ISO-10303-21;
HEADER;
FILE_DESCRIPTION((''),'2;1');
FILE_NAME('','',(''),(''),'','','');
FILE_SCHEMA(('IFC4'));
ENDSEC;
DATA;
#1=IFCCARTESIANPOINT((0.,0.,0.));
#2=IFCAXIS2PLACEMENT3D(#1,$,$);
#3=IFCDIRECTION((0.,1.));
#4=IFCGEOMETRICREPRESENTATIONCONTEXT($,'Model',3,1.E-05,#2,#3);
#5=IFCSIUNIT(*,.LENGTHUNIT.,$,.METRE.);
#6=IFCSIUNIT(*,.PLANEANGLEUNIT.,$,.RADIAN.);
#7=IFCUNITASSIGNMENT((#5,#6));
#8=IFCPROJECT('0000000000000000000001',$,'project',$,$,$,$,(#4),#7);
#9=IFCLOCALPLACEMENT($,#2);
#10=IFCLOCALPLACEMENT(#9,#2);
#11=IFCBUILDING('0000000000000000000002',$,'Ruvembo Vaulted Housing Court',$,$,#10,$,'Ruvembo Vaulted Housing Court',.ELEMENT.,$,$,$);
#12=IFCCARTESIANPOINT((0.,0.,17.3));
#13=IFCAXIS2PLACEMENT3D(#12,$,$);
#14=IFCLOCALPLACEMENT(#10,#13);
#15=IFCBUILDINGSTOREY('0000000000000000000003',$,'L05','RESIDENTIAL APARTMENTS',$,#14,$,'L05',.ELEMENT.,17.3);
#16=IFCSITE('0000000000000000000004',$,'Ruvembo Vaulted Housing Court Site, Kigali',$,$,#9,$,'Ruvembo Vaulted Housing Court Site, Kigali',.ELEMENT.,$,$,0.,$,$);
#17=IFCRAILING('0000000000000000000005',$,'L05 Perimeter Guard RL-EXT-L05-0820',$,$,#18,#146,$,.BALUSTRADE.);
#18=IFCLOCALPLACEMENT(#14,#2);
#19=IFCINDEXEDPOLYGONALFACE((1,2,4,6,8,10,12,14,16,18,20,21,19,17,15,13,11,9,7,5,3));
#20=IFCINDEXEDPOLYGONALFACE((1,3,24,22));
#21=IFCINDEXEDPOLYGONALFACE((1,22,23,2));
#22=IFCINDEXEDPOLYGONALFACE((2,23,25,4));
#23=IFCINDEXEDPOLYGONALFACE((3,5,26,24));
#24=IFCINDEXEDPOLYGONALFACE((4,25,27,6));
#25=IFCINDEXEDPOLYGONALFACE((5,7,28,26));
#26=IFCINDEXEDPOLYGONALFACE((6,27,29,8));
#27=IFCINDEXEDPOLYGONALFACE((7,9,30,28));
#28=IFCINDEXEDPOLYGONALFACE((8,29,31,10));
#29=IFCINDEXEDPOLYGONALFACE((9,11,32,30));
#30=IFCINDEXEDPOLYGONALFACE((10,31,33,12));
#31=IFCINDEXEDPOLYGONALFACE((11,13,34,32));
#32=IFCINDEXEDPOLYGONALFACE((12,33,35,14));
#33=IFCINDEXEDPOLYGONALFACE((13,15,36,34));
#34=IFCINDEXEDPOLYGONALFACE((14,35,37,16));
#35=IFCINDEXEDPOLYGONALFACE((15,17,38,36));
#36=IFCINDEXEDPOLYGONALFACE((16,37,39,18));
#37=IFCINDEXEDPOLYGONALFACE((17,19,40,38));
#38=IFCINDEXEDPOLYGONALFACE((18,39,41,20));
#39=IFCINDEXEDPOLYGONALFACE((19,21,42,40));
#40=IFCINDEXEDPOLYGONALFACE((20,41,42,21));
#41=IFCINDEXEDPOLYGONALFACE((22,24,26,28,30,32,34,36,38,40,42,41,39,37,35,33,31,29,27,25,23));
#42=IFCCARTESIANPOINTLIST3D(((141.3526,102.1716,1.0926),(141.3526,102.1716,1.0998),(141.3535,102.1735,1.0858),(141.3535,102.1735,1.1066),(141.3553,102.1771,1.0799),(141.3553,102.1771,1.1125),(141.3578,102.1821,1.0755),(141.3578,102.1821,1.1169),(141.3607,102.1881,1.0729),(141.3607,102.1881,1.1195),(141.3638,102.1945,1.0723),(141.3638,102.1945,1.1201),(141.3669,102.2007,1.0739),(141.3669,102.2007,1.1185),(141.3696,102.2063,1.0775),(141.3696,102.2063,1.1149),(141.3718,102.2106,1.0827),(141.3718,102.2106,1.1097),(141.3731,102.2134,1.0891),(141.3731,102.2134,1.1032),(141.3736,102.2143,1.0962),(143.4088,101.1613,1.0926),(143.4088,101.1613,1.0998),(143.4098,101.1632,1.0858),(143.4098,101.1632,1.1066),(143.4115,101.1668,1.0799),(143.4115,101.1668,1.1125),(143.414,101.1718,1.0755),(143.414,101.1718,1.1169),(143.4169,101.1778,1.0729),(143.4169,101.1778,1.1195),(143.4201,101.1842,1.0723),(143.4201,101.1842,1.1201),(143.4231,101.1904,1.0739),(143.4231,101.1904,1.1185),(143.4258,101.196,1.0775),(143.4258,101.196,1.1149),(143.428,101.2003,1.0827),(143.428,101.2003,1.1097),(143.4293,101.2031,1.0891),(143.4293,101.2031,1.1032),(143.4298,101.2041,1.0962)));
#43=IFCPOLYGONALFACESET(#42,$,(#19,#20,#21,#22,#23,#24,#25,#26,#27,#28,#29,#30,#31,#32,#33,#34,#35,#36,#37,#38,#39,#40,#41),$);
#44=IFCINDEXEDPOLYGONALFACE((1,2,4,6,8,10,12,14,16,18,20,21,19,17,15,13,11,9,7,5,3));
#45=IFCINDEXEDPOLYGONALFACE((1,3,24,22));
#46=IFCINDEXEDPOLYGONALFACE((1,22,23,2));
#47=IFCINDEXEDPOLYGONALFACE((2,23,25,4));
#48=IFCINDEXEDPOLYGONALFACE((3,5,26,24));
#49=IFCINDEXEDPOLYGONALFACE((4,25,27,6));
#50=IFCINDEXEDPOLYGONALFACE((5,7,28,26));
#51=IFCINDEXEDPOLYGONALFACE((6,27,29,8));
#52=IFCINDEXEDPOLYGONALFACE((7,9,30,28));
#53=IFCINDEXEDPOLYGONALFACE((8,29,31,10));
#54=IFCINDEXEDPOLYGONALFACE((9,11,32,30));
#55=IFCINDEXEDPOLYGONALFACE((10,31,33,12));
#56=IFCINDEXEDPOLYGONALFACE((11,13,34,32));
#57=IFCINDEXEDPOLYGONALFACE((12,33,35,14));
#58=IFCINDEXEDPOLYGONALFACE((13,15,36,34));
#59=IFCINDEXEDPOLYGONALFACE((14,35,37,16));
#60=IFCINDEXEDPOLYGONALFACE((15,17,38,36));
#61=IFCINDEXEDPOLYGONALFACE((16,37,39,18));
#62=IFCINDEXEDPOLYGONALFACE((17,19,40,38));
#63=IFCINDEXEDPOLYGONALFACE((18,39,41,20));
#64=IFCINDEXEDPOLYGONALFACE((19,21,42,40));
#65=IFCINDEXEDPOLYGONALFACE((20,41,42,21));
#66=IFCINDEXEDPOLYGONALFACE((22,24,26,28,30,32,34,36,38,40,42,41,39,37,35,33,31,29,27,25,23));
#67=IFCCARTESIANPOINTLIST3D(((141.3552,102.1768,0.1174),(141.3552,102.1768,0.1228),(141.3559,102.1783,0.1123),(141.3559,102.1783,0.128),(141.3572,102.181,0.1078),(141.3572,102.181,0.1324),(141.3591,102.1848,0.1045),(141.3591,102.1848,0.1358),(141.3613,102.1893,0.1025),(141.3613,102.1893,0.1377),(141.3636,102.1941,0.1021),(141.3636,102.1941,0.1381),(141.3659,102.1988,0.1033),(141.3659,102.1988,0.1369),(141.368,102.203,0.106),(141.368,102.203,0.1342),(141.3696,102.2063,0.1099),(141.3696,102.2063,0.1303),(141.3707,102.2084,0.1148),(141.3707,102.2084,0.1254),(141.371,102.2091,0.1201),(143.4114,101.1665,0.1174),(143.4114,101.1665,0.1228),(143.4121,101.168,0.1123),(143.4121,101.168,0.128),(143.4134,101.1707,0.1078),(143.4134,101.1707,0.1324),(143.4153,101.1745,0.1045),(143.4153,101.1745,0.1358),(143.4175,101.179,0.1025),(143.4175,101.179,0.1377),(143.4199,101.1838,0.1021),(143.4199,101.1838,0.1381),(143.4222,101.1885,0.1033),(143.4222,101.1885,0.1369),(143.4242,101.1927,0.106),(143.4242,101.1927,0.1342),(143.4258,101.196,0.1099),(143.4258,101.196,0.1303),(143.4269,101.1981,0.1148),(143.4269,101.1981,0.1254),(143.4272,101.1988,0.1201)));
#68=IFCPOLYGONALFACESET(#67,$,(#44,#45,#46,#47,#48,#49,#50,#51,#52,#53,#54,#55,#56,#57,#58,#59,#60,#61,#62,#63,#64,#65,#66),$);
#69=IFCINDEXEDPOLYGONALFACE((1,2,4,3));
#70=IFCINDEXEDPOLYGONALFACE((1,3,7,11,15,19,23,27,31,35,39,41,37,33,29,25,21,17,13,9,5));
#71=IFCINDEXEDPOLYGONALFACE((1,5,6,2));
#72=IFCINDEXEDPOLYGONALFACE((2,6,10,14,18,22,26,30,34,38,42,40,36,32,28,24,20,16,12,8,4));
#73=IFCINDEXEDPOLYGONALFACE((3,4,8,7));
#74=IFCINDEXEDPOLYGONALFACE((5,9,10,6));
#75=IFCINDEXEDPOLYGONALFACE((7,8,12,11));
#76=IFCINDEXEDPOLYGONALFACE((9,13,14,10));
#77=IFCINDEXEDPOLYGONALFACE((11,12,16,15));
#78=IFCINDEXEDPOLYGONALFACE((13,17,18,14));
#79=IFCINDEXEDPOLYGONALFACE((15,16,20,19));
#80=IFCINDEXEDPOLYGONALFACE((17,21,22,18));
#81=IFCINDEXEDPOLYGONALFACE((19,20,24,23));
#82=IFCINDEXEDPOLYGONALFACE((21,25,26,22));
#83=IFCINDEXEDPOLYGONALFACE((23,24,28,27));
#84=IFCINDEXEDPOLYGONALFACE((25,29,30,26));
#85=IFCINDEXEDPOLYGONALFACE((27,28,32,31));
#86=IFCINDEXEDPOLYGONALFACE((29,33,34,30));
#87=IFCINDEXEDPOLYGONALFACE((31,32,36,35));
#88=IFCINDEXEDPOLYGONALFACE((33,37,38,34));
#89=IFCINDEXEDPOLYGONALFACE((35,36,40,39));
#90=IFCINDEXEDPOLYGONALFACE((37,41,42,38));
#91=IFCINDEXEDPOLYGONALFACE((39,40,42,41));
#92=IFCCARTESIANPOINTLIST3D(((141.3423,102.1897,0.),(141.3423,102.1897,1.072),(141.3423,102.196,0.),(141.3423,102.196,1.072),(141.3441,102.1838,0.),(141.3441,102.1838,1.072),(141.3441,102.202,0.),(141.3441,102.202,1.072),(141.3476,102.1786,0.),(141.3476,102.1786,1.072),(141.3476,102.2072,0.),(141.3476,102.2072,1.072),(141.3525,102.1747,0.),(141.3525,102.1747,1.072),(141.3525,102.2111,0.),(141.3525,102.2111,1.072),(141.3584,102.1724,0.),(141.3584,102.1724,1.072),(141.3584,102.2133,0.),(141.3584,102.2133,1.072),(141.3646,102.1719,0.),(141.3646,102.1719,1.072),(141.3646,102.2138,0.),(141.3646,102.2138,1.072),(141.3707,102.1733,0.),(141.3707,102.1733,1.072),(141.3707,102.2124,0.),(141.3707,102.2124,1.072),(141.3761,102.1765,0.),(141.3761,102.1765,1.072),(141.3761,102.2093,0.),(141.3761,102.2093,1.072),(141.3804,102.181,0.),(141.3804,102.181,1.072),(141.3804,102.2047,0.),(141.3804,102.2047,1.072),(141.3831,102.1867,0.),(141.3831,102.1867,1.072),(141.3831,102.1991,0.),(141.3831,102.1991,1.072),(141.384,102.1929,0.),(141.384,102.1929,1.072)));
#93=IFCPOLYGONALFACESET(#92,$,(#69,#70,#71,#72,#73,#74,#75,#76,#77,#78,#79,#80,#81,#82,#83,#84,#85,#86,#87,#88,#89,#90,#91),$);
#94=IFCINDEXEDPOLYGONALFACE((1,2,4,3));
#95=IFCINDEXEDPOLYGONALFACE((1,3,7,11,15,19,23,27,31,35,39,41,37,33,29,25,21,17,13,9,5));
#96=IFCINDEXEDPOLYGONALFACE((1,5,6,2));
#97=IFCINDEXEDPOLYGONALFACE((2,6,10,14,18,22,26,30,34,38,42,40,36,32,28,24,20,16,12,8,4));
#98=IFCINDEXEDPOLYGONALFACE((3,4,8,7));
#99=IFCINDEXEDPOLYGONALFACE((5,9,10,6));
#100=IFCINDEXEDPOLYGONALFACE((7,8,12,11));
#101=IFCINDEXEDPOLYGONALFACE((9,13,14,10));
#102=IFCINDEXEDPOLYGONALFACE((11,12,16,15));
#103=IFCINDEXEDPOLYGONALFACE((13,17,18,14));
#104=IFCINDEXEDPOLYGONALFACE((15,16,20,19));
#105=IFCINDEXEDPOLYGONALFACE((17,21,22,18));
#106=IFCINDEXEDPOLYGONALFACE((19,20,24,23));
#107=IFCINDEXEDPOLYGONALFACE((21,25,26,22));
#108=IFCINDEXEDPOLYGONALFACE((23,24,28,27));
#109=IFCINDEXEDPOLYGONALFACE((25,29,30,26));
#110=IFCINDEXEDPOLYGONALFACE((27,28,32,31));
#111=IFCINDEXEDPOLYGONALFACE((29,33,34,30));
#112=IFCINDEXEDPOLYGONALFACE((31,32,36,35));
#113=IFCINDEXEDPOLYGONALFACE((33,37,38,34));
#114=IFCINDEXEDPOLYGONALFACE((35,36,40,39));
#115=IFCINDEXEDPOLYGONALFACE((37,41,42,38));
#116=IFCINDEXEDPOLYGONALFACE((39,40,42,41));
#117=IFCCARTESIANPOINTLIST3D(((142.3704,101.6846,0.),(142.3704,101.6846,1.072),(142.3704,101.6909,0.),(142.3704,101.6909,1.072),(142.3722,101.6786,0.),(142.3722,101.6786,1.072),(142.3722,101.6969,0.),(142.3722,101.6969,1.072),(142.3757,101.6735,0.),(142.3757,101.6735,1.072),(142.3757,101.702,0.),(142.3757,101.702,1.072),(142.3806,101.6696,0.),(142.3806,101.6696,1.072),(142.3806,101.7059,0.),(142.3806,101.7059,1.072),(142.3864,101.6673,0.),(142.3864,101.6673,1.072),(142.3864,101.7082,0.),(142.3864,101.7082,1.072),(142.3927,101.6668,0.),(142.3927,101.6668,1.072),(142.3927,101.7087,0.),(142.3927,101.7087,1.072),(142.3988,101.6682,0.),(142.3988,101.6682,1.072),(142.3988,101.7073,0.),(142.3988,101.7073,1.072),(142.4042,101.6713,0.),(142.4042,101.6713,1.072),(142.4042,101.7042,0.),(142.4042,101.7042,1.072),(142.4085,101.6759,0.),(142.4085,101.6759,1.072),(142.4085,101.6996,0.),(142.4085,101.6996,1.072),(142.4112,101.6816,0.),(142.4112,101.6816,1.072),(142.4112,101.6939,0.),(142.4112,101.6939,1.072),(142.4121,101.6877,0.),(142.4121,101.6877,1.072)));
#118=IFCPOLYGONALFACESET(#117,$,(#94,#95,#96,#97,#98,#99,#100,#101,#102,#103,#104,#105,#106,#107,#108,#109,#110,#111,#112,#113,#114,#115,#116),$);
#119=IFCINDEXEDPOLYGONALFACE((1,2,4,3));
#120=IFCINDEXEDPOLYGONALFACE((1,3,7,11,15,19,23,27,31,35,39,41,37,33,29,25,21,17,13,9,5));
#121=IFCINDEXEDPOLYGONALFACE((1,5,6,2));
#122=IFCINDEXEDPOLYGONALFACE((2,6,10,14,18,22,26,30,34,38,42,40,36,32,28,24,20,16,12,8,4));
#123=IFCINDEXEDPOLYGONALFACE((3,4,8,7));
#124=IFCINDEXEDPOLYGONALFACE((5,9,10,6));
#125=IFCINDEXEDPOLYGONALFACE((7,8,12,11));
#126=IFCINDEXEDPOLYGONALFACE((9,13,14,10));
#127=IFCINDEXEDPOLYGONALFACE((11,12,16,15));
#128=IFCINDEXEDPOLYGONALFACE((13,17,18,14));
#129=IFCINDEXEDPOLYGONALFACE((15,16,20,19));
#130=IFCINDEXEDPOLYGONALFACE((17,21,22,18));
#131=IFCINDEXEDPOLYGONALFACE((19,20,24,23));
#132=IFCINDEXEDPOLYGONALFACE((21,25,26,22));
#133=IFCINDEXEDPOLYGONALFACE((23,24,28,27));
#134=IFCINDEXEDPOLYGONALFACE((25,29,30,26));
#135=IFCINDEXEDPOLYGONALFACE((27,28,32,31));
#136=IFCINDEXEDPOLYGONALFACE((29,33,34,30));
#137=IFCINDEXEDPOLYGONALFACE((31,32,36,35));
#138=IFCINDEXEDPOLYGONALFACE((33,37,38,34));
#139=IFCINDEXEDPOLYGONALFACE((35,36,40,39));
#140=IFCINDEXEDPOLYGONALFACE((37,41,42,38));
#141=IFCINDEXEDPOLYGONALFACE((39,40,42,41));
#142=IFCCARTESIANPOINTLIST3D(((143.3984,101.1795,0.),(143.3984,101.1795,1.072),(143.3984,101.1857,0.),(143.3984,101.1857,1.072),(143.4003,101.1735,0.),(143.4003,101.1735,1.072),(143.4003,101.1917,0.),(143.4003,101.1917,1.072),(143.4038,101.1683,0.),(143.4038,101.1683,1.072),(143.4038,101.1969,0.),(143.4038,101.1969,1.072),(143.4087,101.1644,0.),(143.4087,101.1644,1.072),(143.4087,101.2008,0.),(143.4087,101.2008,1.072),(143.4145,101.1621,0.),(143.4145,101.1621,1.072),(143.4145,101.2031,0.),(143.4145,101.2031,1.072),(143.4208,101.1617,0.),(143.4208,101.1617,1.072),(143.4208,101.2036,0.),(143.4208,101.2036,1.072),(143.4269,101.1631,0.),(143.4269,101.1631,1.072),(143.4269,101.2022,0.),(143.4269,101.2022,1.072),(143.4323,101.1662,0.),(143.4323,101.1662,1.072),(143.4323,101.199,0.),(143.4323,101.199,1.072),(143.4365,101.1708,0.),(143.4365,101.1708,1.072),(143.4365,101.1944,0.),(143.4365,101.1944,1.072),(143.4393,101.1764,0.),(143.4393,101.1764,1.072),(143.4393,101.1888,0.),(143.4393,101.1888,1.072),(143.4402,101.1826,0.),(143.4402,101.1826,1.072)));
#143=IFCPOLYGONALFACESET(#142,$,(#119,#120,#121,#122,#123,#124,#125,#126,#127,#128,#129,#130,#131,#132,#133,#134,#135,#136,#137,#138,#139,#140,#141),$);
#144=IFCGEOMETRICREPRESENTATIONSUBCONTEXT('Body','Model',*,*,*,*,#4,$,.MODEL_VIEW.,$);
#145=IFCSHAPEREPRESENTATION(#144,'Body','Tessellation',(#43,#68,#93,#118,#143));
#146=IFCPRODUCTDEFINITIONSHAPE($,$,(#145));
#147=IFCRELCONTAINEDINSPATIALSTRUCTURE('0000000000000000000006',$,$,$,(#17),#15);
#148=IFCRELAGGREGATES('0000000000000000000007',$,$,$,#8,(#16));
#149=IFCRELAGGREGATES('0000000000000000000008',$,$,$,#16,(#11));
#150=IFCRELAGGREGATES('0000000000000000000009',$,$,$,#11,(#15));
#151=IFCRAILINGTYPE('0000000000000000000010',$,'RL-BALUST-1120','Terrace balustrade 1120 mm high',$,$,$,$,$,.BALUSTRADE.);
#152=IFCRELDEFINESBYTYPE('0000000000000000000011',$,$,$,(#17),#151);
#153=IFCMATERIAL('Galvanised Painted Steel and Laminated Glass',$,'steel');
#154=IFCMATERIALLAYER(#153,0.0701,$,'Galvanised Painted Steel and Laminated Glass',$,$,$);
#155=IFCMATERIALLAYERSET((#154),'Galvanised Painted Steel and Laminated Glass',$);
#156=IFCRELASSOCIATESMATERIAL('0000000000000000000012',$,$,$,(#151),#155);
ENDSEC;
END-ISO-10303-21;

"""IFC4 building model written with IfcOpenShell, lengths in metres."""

from ifc_helpers import new_model, si_unit, direction, frame, origin, origin_2d, place, context, subcontext, project, spatial, circle, extrude, material, layer, layer_set, type_object, element, save


model = new_model("IFC4")

# Units and contexts
model_context = context("Model", 3, precision=1e-05, world=origin(), true_north=direction((0.0, 1.0)))
body_context = subcontext(model_context, "Body", "Model", "MODEL_VIEW")
ifc_project = project(units=[si_unit("LENGTHUNIT", "METRE"), si_unit("PLANEANGLEUNIT", "RADIAN")], contexts=[model_context])

# Site, building, storey
site_placement = place(None, origin())
site = spatial("IfcSite", under=ifc_project, at=site_placement, Name="Ruvembo Vaulted Housing Court Site, Kigali", LongName="Ruvembo Vaulted Housing Court Site, Kigali", CompositionType="ELEMENT", RefElevation=0.0)
building_placement = place(site_placement, origin())
building = spatial("IfcBuilding", under=site, at=building_placement, Name="Ruvembo Vaulted Housing Court", LongName="Ruvembo Vaulted Housing Court", CompositionType="ELEMENT")
storey_placement = place(building_placement, frame((0.0, 0.0, 17.3)))
storey = spatial("IfcBuildingStorey", under=building, at=storey_placement, Name="L05", Description="RESIDENTIAL APARTMENTS", LongName="L05", CompositionType="ELEMENT", Elevation=17.3)

# Railing
ifc_material_1 = material(Name="Galvanised Painted Steel and Laminated Glass", Category="steel")
ifc_layer_1 = layer(ifc_material_1, 0.0701, Name="Galvanised Painted Steel and Laminated Glass")
ifc_layer_set_1 = layer_set([ifc_layer_1], Name="Galvanised Painted Steel and Laminated Glass")
railing_type = type_object("IfcRailingType", Name="RL-BALUST-1120", Description="Terrace balustrade 1120 mm high", PredefinedType="BALUSTRADE", material=ifc_layer_set_1)
railing_1_placement = place(storey_placement, frame((141.363, 102.1929, 0.0)))
element("IfcRailing", 1, at=railing_1_placement, inside=storey, type_object=railing_type, Name="L05 Perimeter Guard RL-EXT-L05-0820", PredefinedType="BALUSTRADE", context=body_context, shape_type="SweptSolid", body=[
    extrude(circle(Radius=0.0239, at=origin_2d()), frame((0.0, 0.0, 1.0962), z_axis=(0.897517, -0.440979, 0.0), x_axis=(0.440979, 0.897517, 0.0)), (0.0, 0.0, 1.0), 2.291),
    extrude(circle(Radius=0.0181, at=origin_2d()), frame((0.0, 0.0, 0.1201), z_axis=(0.897517, -0.440979, 0.0), x_axis=(0.440979, 0.897517, 0.0)), (0.0, 0.0, 1.0), 2.291),
    extrude(circle(Radius=0.021, at=origin_2d()), origin(), (0.0, 0.0, 1.0), 1.072),
    extrude(circle(Radius=0.021, at=origin_2d()), frame((1.0281, -0.5051, 0.0)), (0.0, 0.0, 1.0), 1.072),
    extrude(circle(Radius=0.021, at=origin_2d()), frame((2.0562, -1.0103, 0.0)), (0.0, 0.0, 1.0), 1.072),
])

save(model, "model.ifc")
